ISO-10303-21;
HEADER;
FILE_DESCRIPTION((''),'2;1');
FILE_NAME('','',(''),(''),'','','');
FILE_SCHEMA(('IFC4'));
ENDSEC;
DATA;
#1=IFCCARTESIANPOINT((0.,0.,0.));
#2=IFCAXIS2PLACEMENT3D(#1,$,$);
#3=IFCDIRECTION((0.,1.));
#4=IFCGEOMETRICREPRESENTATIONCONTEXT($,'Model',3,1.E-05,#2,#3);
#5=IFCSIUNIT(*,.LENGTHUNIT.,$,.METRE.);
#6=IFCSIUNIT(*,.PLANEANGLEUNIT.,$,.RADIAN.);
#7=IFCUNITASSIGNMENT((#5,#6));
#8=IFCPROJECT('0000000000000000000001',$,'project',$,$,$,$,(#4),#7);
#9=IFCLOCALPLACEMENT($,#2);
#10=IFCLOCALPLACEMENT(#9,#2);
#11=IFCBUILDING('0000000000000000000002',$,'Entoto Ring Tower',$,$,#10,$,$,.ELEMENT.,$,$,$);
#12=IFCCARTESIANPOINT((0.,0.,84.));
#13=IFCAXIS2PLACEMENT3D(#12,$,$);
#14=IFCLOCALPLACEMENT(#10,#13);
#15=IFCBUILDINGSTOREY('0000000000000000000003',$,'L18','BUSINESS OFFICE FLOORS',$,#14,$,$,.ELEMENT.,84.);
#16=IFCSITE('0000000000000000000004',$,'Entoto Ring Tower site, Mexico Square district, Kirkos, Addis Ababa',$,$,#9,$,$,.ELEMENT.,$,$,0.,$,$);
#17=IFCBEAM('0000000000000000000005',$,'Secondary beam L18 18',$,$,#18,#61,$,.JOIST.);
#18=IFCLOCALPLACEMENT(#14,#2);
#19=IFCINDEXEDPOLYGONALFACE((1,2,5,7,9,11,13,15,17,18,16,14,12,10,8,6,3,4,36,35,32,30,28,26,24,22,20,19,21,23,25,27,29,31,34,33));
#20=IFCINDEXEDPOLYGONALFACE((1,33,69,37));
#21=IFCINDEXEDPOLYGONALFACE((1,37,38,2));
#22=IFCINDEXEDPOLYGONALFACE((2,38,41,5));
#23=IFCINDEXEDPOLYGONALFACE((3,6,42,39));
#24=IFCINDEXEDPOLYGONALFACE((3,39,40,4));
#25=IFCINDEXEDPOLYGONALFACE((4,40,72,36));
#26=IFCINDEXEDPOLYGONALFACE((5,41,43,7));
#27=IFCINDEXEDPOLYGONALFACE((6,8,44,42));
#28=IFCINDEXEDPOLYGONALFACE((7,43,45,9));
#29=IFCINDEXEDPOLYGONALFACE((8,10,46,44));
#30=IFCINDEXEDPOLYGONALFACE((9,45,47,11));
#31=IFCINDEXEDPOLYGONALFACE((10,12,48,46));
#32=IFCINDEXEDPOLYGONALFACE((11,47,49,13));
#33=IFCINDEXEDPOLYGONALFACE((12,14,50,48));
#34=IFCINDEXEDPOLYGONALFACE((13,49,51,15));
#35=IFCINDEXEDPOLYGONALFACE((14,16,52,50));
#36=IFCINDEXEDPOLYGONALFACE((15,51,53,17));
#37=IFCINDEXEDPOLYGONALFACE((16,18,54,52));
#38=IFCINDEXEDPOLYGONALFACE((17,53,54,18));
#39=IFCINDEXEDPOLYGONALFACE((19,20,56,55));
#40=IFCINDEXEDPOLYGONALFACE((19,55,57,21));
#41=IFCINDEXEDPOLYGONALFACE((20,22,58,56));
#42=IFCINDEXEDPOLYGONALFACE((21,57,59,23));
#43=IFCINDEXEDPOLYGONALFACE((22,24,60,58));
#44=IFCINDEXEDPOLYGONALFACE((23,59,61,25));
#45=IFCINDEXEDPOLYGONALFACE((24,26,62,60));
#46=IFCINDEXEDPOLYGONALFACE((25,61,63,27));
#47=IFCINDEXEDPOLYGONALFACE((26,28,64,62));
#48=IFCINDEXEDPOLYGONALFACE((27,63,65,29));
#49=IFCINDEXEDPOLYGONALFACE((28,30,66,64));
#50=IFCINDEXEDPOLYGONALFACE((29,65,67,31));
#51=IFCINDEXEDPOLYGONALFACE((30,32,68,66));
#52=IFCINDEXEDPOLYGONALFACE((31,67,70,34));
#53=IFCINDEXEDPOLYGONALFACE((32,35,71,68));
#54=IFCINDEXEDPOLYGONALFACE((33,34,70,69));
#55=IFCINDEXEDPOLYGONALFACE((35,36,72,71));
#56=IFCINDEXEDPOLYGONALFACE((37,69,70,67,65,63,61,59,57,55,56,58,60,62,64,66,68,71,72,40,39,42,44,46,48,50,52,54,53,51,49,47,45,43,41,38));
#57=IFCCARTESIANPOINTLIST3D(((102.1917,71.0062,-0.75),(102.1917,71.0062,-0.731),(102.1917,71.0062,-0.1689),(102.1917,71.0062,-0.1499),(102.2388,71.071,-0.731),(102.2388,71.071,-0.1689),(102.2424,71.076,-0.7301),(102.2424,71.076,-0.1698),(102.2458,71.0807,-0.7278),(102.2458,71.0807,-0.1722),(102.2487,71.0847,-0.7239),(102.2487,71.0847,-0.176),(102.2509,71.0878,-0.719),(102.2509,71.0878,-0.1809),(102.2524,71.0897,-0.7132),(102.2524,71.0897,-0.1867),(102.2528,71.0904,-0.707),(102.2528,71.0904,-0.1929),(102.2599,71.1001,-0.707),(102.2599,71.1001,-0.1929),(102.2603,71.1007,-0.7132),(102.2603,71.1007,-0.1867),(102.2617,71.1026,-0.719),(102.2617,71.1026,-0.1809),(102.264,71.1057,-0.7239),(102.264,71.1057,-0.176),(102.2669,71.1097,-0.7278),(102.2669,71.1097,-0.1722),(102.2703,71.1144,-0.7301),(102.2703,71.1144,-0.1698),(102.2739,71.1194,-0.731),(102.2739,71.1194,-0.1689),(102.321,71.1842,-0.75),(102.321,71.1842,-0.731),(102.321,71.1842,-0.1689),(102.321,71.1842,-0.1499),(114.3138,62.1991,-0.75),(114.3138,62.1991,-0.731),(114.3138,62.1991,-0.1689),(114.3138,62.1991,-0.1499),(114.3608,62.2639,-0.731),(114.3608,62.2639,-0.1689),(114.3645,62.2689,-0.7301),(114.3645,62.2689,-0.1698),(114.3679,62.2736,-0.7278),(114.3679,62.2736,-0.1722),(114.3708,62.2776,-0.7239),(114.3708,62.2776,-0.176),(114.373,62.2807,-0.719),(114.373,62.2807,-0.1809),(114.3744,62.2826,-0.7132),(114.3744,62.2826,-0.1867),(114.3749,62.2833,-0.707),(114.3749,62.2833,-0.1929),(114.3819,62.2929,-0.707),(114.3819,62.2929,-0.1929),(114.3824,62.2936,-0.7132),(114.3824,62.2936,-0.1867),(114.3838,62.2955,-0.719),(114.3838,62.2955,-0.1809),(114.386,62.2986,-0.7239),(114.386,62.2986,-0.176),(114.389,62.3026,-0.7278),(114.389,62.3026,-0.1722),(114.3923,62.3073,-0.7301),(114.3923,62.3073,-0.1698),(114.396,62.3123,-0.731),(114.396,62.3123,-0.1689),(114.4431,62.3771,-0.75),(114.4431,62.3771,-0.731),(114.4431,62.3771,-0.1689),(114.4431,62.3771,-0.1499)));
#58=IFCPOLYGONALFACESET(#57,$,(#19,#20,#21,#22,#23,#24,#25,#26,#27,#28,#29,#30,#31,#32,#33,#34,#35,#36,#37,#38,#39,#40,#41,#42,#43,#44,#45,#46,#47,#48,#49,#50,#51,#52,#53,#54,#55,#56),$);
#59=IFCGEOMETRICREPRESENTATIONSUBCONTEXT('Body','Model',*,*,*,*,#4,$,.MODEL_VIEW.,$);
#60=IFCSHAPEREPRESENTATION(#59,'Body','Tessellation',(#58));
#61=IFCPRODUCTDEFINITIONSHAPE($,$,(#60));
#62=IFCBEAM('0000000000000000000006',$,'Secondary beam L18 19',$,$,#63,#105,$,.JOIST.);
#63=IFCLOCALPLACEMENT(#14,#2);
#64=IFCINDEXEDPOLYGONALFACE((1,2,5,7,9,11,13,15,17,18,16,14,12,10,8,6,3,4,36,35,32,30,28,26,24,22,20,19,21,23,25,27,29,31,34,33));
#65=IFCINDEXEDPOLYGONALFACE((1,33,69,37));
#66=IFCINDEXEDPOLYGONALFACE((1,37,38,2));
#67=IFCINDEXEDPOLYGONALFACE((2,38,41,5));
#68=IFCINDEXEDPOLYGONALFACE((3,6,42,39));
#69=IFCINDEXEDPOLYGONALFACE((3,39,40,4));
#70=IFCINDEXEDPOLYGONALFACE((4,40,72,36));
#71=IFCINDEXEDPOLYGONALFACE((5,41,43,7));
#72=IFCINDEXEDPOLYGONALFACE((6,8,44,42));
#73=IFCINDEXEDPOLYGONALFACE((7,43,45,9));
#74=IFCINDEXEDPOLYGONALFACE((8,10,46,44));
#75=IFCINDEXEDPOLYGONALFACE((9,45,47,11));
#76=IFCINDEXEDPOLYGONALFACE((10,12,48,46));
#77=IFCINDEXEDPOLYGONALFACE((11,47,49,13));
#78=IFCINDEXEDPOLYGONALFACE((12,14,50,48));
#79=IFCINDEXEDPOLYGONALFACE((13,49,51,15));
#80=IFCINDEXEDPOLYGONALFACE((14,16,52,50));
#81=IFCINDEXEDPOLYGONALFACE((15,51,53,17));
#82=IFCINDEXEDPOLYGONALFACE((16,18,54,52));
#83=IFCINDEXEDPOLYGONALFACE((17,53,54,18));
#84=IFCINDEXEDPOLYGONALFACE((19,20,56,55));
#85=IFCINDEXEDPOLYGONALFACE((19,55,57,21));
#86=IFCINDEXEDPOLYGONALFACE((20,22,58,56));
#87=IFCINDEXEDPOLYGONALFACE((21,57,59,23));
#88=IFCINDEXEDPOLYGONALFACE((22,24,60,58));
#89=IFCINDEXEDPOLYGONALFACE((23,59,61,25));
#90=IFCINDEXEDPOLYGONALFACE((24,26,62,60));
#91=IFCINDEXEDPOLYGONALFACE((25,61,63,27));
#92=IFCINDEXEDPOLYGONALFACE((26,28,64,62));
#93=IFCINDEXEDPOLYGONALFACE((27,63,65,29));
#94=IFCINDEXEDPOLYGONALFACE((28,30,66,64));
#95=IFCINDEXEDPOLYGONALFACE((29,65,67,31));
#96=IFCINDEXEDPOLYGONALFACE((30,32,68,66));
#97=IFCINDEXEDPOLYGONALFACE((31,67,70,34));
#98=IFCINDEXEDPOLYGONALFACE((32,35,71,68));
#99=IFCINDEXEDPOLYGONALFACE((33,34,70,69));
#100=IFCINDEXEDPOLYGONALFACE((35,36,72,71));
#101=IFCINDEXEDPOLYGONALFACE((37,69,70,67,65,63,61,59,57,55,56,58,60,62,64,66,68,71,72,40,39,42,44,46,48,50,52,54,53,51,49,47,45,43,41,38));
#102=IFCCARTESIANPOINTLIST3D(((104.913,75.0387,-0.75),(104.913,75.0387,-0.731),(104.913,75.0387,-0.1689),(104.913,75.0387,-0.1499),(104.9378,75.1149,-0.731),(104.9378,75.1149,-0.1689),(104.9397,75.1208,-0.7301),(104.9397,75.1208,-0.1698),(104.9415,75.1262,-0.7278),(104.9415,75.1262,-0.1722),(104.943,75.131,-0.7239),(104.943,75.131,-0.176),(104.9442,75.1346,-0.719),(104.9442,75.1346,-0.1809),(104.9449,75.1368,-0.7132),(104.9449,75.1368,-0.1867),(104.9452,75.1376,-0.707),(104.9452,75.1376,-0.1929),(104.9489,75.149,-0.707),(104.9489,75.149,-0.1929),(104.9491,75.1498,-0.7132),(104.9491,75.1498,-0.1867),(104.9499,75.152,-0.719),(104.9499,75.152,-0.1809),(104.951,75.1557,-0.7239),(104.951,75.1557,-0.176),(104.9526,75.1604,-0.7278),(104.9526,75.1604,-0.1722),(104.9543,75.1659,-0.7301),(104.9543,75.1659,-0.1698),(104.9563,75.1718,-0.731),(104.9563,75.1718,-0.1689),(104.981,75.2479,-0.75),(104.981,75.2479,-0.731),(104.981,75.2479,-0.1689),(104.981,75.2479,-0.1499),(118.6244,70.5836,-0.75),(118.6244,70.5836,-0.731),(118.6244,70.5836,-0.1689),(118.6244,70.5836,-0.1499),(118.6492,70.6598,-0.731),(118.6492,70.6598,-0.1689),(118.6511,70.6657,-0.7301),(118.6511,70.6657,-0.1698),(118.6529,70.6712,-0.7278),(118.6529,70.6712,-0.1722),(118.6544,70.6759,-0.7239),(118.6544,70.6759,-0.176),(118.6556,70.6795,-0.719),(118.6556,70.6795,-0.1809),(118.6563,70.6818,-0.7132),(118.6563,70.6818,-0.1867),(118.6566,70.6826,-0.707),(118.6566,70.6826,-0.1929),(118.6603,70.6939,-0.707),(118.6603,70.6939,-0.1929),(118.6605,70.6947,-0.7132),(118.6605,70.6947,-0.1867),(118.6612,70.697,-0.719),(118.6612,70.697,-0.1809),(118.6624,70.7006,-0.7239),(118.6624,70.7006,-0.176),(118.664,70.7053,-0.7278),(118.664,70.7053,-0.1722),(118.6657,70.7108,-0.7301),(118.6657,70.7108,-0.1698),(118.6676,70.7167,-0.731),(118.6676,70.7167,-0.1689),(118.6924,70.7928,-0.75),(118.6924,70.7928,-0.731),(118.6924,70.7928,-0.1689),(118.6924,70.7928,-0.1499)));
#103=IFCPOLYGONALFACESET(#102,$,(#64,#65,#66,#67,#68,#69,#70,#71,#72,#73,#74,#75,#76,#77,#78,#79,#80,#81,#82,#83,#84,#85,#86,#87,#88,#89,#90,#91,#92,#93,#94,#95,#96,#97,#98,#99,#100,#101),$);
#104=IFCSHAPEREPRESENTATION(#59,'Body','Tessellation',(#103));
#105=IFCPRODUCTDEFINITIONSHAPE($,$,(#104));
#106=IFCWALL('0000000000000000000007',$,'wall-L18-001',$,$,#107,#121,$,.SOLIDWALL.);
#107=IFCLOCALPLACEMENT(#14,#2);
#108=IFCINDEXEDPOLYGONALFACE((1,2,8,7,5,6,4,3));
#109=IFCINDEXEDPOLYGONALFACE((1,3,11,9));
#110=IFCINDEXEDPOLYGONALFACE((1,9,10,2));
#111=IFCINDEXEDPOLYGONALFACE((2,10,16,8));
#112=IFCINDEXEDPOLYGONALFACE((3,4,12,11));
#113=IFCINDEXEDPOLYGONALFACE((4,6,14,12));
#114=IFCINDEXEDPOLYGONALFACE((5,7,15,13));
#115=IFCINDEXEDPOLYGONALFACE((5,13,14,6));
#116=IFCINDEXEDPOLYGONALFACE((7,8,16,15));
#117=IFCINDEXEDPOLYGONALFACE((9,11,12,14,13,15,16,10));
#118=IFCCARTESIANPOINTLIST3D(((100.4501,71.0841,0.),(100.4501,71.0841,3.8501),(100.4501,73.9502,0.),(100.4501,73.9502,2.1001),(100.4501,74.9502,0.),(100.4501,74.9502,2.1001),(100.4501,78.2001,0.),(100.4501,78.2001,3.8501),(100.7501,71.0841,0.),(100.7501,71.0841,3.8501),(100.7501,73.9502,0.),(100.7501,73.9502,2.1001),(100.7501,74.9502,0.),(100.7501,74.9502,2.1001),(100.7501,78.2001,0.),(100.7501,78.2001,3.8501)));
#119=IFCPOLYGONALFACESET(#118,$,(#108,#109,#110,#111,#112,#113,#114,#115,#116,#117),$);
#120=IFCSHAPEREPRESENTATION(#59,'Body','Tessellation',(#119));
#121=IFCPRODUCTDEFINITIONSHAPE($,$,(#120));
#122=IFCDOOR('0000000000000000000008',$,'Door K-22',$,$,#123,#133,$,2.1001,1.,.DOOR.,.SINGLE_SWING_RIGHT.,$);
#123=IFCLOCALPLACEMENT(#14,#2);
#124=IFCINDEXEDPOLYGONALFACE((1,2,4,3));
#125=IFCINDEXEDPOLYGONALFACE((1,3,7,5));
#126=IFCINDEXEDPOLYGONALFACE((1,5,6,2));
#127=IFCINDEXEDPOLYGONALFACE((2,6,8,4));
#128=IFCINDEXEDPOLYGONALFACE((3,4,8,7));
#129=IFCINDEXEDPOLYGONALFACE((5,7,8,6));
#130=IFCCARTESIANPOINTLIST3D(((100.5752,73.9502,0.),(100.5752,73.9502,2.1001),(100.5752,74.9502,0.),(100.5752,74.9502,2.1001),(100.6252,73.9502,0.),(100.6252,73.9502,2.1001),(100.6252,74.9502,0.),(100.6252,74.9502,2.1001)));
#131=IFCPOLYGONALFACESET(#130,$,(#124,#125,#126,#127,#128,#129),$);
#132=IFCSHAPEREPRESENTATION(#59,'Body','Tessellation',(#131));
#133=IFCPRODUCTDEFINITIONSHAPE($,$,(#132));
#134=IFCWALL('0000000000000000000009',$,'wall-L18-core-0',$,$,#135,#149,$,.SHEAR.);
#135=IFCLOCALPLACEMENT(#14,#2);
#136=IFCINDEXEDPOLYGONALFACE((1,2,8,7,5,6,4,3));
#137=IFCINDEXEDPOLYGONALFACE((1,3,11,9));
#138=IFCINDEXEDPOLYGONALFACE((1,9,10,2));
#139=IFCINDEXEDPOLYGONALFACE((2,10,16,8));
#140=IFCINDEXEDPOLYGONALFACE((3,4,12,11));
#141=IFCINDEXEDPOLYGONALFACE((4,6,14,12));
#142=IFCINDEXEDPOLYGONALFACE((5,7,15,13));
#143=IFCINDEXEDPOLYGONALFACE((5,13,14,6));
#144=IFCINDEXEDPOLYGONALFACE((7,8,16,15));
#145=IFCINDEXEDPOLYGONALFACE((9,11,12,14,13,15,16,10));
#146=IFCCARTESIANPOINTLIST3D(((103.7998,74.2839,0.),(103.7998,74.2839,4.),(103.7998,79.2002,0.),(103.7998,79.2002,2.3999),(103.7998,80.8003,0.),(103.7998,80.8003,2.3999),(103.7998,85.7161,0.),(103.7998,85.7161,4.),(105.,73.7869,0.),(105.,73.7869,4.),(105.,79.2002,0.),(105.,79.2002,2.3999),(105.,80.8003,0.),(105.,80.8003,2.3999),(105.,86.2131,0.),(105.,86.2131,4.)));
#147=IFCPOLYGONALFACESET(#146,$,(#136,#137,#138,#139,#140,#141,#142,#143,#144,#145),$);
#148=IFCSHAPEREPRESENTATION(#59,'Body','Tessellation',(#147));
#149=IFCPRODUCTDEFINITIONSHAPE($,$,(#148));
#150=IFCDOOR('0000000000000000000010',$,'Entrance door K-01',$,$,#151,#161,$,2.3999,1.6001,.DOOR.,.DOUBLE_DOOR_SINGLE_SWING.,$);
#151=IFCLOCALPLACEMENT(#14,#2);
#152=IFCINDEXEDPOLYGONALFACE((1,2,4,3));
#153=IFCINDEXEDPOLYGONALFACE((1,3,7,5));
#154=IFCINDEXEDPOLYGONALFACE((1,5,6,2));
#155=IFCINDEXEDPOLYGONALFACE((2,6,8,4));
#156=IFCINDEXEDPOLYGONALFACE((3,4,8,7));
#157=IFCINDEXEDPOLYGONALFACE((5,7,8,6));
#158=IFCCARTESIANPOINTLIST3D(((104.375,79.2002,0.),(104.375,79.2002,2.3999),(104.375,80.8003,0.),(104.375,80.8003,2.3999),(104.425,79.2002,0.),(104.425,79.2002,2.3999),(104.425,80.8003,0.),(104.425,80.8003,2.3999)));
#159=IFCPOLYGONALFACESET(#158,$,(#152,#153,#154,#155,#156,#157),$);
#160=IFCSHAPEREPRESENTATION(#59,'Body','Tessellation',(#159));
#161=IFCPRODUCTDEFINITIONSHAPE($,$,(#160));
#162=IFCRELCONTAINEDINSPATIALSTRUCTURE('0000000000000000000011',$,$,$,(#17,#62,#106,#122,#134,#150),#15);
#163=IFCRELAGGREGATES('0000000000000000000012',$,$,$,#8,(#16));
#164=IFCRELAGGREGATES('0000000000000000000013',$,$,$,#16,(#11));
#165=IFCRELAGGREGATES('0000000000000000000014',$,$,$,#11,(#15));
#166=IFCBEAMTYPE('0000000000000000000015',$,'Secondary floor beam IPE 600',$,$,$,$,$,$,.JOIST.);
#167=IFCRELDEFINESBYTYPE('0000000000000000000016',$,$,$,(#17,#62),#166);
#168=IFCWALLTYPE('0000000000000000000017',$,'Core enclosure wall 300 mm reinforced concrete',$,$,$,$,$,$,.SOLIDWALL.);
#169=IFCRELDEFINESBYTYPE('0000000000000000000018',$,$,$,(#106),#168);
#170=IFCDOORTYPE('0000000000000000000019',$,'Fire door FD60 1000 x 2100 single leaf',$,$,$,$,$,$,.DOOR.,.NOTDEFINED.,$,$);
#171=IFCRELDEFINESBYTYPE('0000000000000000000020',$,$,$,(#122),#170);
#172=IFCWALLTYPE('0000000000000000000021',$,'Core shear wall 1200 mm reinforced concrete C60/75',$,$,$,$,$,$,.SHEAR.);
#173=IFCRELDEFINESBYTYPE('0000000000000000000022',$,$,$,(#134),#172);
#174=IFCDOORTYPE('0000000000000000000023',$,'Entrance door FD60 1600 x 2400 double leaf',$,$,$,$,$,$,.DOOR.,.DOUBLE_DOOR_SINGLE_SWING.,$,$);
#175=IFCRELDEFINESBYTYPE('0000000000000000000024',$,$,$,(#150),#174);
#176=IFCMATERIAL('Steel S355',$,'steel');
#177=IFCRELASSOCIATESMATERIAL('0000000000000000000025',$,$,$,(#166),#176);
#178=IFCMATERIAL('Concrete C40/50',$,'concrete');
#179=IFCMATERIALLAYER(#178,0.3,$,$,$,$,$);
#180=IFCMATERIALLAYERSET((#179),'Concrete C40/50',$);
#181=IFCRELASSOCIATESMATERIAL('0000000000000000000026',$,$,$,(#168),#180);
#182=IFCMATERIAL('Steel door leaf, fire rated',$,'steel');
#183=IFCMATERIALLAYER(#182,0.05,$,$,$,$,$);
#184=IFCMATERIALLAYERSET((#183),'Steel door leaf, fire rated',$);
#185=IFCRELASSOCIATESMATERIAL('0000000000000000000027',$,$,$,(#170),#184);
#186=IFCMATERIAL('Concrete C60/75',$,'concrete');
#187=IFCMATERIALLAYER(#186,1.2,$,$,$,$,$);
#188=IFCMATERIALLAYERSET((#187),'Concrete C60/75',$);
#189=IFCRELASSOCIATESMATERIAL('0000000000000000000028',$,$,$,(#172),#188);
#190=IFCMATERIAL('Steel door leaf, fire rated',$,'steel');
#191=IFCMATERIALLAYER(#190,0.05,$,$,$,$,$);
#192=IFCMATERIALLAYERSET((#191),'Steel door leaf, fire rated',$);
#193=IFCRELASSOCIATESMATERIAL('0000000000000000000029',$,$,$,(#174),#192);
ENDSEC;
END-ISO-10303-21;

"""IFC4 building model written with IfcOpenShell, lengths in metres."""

from ifc_helpers import new_model, si_unit, direction, frame, frame_2d, origin, origin_2d, place, context, subcontext, project, spatial, polyline, rectangle, i_section, outline, extrude, material, layer, layer_set, material_profile, profile_set, type_object, element, fill, save


model = new_model("IFC4")

# Units and contexts
model_context = context("Model", 3, precision=1e-05, world=origin(), true_north=direction((0.0, 1.0)))
body_context = subcontext(model_context, "Body", "Model", "MODEL_VIEW")
ifc_project = project(units=[si_unit("LENGTHUNIT", "METRE"), si_unit("PLANEANGLEUNIT", "RADIAN")], contexts=[model_context])

# Site, building, storey
site_placement = place(None, origin())
site = spatial("IfcSite", under=ifc_project, at=site_placement, Name="Entoto Ring Tower site, Mexico Square district, Kirkos, Addis Ababa", CompositionType="ELEMENT", RefElevation=0.0)
building_placement = place(site_placement, origin())
building = spatial("IfcBuilding", under=site, at=building_placement, Name="Entoto Ring Tower", CompositionType="ELEMENT")
storey_placement = place(building_placement, frame((0.0, 0.0, 84.0)))
storey = spatial("IfcBuildingStorey", under=building, at=storey_placement, Name="L18", Description="BUSINESS OFFICE FLOORS", CompositionType="ELEMENT", Elevation=84.0)

# Beams
ifc_material_1 = material(Name="Steel S355", Category="steel")
ifc_material_profile_1 = material_profile(ifc_material_1, i_section(OverallWidth=0.22, OverallDepth=0.6001, WebThickness=0.012, FlangeThickness=0.019, FilletRadius=0.0239, at=origin_2d()), Name="IPE 600")
ifc_profile_set_1 = profile_set([ifc_material_profile_1], Name="Steel S355")
beam_type_1 = type_object("IfcBeamType", Name="Secondary floor beam IPE 600", PredefinedType="JOIST", material=ifc_profile_set_1)
beam_1_placement = place(storey_placement, frame((102.2563, 71.0952, -0.45), z_axis=(0.809019, -0.587782, 0.0), x_axis=(0.587782, 0.809019, 0.0)))
element("IfcBeam", 1, at=beam_1_placement, inside=storey, type_object=beam_type_1, Name="Secondary beam L18 18", PredefinedType="JOIST", context=body_context, shape_type="SweptSolid", body=[
    extrude(i_section(OverallWidth=0.22, OverallDepth=0.6001, WebThickness=0.012, FlangeThickness=0.019, FilletRadius=0.0239, at=origin_2d()), origin(), (0.0, 0.0, 1.0), 14.9836),
])
beam_2_placement = place(storey_placement, frame((104.947, 75.1433, -0.45), z_axis=(0.951057, -0.309015, 0.0), x_axis=(0.309015, 0.951057, 0.0)))
element("IfcBeam", 2, at=beam_2_placement, inside=storey, type_object=beam_type_1, Name="Secondary beam L18 19", PredefinedType="JOIST", context=body_context, shape_type="SweptSolid", body=[
    extrude(i_section(OverallWidth=0.22, OverallDepth=0.6001, WebThickness=0.012, FlangeThickness=0.019, FilletRadius=0.0239, at=origin_2d()), origin(), (0.0, 0.0, 1.0), 14.417),
])

# Walls, openings, doors
ifc_material_2 = material(Name="Concrete C40/50", Category="concrete")
ifc_layer_1 = layer(ifc_material_2, 0.3)
ifc_layer_set_1 = layer_set([ifc_layer_1], Name="Concrete C40/50")
wall_type_1 = type_object("IfcWallType", Name="Core enclosure wall 300 mm reinforced concrete", PredefinedType="SOLIDWALL", material=ifc_layer_set_1)
wall_1_placement = place(storey_placement, frame((100.6001, 71.084, 0.0), z_axis=(0.0, 0.0, 1.0), x_axis=(0.0, 1.0, 0.0)))
wall_1 = element("IfcWall", 3, at=wall_1_placement, inside=storey, type_object=wall_type_1, Name="wall-L18-001", PredefinedType="SOLIDWALL", context=body_context, shape_type="SweptSolid", body=[
    extrude(rectangle(XDim=7.116, YDim=0.3, at=frame_2d((3.5581, 0.0))), origin(), (0.0, 0.0, 1.0), 3.8501),
])
opening_1_placement = place(wall_1_placement, frame((2.8662, 0.0, 0.0)))
opening_1 = element("IfcOpeningElement", 4, at=opening_1_placement, cuts=wall_1, PredefinedType="OPENING", context=body_context, shape_type="SweptSolid", body=[
    extrude(rectangle(XDim=1.0, YDim=2.1001, at=frame_2d((0.5, 1.05))), frame((0.0, 0.1602, 0.0), z_axis=(0.0, -1.0, 0.0), x_axis=(1.0, 0.0, 0.0)), (0.0, 0.0, 1.0), 0.3201),
])
ifc_material_3 = material(Name="Steel door leaf, fire rated", Category="steel")
ifc_layer_2 = layer(ifc_material_3, 0.05)
ifc_layer_set_2 = layer_set([ifc_layer_2], Name="Steel door leaf, fire rated")
door_type_1 = type_object("IfcDoorType", Name="Fire door FD60 1000 x 2100 single leaf", OperationType="NOTDEFINED", PredefinedType="DOOR", material=ifc_layer_set_2)
door_1_placement = place(opening_1_placement, origin())
door_1 = element("IfcDoor", 5, at=door_1_placement, inside=storey, type_object=door_type_1, Name="Door K-22", OperationType="SINGLE_SWING_RIGHT", OverallHeight=2.1001, OverallWidth=1.0, PredefinedType="DOOR", context=body_context, shape_type="SweptSolid", body=[
    extrude(rectangle(XDim=1.0, YDim=2.1001, at=frame_2d((0.5, 1.05))), frame((0.0, 0.0249, 0.0), z_axis=(0.0, -1.0, 0.0), x_axis=(1.0, 0.0, 0.0)), (0.0, 0.0, 1.0), 0.05),
])
fill(opening_1, door_1)
ifc_material_4 = material(Name="Concrete C60/75", Category="concrete")
ifc_layer_3 = layer(ifc_material_4, 1.2)
ifc_layer_set_3 = layer_set([ifc_layer_3], Name="Concrete C60/75")
wall_type_2 = type_object("IfcWallType", Name="Core shear wall 1200 mm reinforced concrete C60/75", PredefinedType="SHEAR", material=ifc_layer_set_3)
wall_2_placement = place(storey_placement, frame((104.3999, 74.0354, 0.0), z_axis=(0.0, 0.0, 1.0), x_axis=(0.0, 1.0, 0.0)))
wall_2 = element("IfcWall", 6, at=wall_2_placement, inside=storey, type_object=wall_type_2, Name="wall-L18-core-0", PredefinedType="SHEAR", context=body_context, shape_type="SweptSolid", body=[
    extrude(outline(polyline([(-0.2485, -0.6001), (12.1777, -0.6001), (11.6807, 0.6001), (0.2485, 0.6001), (-0.2485, -0.6001)])), origin(), (0.0, 0.0, 1.0), 4.0),
])
opening_2_placement = place(wall_2_placement, frame((5.1648, 0.0, 0.0)))
opening_2 = element("IfcOpeningElement", 7, at=opening_2_placement, cuts=wall_2, PredefinedType="OPENING", context=body_context, shape_type="SweptSolid", body=[
    extrude(rectangle(XDim=1.6001, YDim=2.3999, at=frame_2d((0.8, 1.2))), frame((0.0, 0.6099, 0.0), z_axis=(0.0, -1.0, 0.0), x_axis=(1.0, 0.0, 0.0)), (0.0, 0.0, 1.0), 1.22),
])
ifc_material_5 = material(Name="Steel door leaf, fire rated", Category="steel")
ifc_layer_4 = layer(ifc_material_5, 0.05)
ifc_layer_set_4 = layer_set([ifc_layer_4], Name="Steel door leaf, fire rated")
door_type_2 = type_object("IfcDoorType", Name="Entrance door FD60 1600 x 2400 double leaf", OperationType="DOUBLE_DOOR_SINGLE_SWING", PredefinedType="DOOR", material=ifc_layer_set_4)
door_2_placement = place(opening_2_placement, origin())
door_2 = element("IfcDoor", 8, at=door_2_placement, inside=storey, type_object=door_type_2, Name="Entrance door K-01", OperationType="DOUBLE_DOOR_SINGLE_SWING", OverallHeight=2.3999, OverallWidth=1.6001, PredefinedType="DOOR", context=body_context, shape_type="SweptSolid", body=[
    extrude(rectangle(XDim=1.6001, YDim=2.3999, at=frame_2d((0.8, 1.2))), frame((0.0, 0.0249, 0.0), z_axis=(0.0, -1.0, 0.0), x_axis=(1.0, 0.0, 0.0)), (0.0, 0.0, 1.0), 0.05),
])
fill(opening_2, door_2)

save(model, "model.ifc")
